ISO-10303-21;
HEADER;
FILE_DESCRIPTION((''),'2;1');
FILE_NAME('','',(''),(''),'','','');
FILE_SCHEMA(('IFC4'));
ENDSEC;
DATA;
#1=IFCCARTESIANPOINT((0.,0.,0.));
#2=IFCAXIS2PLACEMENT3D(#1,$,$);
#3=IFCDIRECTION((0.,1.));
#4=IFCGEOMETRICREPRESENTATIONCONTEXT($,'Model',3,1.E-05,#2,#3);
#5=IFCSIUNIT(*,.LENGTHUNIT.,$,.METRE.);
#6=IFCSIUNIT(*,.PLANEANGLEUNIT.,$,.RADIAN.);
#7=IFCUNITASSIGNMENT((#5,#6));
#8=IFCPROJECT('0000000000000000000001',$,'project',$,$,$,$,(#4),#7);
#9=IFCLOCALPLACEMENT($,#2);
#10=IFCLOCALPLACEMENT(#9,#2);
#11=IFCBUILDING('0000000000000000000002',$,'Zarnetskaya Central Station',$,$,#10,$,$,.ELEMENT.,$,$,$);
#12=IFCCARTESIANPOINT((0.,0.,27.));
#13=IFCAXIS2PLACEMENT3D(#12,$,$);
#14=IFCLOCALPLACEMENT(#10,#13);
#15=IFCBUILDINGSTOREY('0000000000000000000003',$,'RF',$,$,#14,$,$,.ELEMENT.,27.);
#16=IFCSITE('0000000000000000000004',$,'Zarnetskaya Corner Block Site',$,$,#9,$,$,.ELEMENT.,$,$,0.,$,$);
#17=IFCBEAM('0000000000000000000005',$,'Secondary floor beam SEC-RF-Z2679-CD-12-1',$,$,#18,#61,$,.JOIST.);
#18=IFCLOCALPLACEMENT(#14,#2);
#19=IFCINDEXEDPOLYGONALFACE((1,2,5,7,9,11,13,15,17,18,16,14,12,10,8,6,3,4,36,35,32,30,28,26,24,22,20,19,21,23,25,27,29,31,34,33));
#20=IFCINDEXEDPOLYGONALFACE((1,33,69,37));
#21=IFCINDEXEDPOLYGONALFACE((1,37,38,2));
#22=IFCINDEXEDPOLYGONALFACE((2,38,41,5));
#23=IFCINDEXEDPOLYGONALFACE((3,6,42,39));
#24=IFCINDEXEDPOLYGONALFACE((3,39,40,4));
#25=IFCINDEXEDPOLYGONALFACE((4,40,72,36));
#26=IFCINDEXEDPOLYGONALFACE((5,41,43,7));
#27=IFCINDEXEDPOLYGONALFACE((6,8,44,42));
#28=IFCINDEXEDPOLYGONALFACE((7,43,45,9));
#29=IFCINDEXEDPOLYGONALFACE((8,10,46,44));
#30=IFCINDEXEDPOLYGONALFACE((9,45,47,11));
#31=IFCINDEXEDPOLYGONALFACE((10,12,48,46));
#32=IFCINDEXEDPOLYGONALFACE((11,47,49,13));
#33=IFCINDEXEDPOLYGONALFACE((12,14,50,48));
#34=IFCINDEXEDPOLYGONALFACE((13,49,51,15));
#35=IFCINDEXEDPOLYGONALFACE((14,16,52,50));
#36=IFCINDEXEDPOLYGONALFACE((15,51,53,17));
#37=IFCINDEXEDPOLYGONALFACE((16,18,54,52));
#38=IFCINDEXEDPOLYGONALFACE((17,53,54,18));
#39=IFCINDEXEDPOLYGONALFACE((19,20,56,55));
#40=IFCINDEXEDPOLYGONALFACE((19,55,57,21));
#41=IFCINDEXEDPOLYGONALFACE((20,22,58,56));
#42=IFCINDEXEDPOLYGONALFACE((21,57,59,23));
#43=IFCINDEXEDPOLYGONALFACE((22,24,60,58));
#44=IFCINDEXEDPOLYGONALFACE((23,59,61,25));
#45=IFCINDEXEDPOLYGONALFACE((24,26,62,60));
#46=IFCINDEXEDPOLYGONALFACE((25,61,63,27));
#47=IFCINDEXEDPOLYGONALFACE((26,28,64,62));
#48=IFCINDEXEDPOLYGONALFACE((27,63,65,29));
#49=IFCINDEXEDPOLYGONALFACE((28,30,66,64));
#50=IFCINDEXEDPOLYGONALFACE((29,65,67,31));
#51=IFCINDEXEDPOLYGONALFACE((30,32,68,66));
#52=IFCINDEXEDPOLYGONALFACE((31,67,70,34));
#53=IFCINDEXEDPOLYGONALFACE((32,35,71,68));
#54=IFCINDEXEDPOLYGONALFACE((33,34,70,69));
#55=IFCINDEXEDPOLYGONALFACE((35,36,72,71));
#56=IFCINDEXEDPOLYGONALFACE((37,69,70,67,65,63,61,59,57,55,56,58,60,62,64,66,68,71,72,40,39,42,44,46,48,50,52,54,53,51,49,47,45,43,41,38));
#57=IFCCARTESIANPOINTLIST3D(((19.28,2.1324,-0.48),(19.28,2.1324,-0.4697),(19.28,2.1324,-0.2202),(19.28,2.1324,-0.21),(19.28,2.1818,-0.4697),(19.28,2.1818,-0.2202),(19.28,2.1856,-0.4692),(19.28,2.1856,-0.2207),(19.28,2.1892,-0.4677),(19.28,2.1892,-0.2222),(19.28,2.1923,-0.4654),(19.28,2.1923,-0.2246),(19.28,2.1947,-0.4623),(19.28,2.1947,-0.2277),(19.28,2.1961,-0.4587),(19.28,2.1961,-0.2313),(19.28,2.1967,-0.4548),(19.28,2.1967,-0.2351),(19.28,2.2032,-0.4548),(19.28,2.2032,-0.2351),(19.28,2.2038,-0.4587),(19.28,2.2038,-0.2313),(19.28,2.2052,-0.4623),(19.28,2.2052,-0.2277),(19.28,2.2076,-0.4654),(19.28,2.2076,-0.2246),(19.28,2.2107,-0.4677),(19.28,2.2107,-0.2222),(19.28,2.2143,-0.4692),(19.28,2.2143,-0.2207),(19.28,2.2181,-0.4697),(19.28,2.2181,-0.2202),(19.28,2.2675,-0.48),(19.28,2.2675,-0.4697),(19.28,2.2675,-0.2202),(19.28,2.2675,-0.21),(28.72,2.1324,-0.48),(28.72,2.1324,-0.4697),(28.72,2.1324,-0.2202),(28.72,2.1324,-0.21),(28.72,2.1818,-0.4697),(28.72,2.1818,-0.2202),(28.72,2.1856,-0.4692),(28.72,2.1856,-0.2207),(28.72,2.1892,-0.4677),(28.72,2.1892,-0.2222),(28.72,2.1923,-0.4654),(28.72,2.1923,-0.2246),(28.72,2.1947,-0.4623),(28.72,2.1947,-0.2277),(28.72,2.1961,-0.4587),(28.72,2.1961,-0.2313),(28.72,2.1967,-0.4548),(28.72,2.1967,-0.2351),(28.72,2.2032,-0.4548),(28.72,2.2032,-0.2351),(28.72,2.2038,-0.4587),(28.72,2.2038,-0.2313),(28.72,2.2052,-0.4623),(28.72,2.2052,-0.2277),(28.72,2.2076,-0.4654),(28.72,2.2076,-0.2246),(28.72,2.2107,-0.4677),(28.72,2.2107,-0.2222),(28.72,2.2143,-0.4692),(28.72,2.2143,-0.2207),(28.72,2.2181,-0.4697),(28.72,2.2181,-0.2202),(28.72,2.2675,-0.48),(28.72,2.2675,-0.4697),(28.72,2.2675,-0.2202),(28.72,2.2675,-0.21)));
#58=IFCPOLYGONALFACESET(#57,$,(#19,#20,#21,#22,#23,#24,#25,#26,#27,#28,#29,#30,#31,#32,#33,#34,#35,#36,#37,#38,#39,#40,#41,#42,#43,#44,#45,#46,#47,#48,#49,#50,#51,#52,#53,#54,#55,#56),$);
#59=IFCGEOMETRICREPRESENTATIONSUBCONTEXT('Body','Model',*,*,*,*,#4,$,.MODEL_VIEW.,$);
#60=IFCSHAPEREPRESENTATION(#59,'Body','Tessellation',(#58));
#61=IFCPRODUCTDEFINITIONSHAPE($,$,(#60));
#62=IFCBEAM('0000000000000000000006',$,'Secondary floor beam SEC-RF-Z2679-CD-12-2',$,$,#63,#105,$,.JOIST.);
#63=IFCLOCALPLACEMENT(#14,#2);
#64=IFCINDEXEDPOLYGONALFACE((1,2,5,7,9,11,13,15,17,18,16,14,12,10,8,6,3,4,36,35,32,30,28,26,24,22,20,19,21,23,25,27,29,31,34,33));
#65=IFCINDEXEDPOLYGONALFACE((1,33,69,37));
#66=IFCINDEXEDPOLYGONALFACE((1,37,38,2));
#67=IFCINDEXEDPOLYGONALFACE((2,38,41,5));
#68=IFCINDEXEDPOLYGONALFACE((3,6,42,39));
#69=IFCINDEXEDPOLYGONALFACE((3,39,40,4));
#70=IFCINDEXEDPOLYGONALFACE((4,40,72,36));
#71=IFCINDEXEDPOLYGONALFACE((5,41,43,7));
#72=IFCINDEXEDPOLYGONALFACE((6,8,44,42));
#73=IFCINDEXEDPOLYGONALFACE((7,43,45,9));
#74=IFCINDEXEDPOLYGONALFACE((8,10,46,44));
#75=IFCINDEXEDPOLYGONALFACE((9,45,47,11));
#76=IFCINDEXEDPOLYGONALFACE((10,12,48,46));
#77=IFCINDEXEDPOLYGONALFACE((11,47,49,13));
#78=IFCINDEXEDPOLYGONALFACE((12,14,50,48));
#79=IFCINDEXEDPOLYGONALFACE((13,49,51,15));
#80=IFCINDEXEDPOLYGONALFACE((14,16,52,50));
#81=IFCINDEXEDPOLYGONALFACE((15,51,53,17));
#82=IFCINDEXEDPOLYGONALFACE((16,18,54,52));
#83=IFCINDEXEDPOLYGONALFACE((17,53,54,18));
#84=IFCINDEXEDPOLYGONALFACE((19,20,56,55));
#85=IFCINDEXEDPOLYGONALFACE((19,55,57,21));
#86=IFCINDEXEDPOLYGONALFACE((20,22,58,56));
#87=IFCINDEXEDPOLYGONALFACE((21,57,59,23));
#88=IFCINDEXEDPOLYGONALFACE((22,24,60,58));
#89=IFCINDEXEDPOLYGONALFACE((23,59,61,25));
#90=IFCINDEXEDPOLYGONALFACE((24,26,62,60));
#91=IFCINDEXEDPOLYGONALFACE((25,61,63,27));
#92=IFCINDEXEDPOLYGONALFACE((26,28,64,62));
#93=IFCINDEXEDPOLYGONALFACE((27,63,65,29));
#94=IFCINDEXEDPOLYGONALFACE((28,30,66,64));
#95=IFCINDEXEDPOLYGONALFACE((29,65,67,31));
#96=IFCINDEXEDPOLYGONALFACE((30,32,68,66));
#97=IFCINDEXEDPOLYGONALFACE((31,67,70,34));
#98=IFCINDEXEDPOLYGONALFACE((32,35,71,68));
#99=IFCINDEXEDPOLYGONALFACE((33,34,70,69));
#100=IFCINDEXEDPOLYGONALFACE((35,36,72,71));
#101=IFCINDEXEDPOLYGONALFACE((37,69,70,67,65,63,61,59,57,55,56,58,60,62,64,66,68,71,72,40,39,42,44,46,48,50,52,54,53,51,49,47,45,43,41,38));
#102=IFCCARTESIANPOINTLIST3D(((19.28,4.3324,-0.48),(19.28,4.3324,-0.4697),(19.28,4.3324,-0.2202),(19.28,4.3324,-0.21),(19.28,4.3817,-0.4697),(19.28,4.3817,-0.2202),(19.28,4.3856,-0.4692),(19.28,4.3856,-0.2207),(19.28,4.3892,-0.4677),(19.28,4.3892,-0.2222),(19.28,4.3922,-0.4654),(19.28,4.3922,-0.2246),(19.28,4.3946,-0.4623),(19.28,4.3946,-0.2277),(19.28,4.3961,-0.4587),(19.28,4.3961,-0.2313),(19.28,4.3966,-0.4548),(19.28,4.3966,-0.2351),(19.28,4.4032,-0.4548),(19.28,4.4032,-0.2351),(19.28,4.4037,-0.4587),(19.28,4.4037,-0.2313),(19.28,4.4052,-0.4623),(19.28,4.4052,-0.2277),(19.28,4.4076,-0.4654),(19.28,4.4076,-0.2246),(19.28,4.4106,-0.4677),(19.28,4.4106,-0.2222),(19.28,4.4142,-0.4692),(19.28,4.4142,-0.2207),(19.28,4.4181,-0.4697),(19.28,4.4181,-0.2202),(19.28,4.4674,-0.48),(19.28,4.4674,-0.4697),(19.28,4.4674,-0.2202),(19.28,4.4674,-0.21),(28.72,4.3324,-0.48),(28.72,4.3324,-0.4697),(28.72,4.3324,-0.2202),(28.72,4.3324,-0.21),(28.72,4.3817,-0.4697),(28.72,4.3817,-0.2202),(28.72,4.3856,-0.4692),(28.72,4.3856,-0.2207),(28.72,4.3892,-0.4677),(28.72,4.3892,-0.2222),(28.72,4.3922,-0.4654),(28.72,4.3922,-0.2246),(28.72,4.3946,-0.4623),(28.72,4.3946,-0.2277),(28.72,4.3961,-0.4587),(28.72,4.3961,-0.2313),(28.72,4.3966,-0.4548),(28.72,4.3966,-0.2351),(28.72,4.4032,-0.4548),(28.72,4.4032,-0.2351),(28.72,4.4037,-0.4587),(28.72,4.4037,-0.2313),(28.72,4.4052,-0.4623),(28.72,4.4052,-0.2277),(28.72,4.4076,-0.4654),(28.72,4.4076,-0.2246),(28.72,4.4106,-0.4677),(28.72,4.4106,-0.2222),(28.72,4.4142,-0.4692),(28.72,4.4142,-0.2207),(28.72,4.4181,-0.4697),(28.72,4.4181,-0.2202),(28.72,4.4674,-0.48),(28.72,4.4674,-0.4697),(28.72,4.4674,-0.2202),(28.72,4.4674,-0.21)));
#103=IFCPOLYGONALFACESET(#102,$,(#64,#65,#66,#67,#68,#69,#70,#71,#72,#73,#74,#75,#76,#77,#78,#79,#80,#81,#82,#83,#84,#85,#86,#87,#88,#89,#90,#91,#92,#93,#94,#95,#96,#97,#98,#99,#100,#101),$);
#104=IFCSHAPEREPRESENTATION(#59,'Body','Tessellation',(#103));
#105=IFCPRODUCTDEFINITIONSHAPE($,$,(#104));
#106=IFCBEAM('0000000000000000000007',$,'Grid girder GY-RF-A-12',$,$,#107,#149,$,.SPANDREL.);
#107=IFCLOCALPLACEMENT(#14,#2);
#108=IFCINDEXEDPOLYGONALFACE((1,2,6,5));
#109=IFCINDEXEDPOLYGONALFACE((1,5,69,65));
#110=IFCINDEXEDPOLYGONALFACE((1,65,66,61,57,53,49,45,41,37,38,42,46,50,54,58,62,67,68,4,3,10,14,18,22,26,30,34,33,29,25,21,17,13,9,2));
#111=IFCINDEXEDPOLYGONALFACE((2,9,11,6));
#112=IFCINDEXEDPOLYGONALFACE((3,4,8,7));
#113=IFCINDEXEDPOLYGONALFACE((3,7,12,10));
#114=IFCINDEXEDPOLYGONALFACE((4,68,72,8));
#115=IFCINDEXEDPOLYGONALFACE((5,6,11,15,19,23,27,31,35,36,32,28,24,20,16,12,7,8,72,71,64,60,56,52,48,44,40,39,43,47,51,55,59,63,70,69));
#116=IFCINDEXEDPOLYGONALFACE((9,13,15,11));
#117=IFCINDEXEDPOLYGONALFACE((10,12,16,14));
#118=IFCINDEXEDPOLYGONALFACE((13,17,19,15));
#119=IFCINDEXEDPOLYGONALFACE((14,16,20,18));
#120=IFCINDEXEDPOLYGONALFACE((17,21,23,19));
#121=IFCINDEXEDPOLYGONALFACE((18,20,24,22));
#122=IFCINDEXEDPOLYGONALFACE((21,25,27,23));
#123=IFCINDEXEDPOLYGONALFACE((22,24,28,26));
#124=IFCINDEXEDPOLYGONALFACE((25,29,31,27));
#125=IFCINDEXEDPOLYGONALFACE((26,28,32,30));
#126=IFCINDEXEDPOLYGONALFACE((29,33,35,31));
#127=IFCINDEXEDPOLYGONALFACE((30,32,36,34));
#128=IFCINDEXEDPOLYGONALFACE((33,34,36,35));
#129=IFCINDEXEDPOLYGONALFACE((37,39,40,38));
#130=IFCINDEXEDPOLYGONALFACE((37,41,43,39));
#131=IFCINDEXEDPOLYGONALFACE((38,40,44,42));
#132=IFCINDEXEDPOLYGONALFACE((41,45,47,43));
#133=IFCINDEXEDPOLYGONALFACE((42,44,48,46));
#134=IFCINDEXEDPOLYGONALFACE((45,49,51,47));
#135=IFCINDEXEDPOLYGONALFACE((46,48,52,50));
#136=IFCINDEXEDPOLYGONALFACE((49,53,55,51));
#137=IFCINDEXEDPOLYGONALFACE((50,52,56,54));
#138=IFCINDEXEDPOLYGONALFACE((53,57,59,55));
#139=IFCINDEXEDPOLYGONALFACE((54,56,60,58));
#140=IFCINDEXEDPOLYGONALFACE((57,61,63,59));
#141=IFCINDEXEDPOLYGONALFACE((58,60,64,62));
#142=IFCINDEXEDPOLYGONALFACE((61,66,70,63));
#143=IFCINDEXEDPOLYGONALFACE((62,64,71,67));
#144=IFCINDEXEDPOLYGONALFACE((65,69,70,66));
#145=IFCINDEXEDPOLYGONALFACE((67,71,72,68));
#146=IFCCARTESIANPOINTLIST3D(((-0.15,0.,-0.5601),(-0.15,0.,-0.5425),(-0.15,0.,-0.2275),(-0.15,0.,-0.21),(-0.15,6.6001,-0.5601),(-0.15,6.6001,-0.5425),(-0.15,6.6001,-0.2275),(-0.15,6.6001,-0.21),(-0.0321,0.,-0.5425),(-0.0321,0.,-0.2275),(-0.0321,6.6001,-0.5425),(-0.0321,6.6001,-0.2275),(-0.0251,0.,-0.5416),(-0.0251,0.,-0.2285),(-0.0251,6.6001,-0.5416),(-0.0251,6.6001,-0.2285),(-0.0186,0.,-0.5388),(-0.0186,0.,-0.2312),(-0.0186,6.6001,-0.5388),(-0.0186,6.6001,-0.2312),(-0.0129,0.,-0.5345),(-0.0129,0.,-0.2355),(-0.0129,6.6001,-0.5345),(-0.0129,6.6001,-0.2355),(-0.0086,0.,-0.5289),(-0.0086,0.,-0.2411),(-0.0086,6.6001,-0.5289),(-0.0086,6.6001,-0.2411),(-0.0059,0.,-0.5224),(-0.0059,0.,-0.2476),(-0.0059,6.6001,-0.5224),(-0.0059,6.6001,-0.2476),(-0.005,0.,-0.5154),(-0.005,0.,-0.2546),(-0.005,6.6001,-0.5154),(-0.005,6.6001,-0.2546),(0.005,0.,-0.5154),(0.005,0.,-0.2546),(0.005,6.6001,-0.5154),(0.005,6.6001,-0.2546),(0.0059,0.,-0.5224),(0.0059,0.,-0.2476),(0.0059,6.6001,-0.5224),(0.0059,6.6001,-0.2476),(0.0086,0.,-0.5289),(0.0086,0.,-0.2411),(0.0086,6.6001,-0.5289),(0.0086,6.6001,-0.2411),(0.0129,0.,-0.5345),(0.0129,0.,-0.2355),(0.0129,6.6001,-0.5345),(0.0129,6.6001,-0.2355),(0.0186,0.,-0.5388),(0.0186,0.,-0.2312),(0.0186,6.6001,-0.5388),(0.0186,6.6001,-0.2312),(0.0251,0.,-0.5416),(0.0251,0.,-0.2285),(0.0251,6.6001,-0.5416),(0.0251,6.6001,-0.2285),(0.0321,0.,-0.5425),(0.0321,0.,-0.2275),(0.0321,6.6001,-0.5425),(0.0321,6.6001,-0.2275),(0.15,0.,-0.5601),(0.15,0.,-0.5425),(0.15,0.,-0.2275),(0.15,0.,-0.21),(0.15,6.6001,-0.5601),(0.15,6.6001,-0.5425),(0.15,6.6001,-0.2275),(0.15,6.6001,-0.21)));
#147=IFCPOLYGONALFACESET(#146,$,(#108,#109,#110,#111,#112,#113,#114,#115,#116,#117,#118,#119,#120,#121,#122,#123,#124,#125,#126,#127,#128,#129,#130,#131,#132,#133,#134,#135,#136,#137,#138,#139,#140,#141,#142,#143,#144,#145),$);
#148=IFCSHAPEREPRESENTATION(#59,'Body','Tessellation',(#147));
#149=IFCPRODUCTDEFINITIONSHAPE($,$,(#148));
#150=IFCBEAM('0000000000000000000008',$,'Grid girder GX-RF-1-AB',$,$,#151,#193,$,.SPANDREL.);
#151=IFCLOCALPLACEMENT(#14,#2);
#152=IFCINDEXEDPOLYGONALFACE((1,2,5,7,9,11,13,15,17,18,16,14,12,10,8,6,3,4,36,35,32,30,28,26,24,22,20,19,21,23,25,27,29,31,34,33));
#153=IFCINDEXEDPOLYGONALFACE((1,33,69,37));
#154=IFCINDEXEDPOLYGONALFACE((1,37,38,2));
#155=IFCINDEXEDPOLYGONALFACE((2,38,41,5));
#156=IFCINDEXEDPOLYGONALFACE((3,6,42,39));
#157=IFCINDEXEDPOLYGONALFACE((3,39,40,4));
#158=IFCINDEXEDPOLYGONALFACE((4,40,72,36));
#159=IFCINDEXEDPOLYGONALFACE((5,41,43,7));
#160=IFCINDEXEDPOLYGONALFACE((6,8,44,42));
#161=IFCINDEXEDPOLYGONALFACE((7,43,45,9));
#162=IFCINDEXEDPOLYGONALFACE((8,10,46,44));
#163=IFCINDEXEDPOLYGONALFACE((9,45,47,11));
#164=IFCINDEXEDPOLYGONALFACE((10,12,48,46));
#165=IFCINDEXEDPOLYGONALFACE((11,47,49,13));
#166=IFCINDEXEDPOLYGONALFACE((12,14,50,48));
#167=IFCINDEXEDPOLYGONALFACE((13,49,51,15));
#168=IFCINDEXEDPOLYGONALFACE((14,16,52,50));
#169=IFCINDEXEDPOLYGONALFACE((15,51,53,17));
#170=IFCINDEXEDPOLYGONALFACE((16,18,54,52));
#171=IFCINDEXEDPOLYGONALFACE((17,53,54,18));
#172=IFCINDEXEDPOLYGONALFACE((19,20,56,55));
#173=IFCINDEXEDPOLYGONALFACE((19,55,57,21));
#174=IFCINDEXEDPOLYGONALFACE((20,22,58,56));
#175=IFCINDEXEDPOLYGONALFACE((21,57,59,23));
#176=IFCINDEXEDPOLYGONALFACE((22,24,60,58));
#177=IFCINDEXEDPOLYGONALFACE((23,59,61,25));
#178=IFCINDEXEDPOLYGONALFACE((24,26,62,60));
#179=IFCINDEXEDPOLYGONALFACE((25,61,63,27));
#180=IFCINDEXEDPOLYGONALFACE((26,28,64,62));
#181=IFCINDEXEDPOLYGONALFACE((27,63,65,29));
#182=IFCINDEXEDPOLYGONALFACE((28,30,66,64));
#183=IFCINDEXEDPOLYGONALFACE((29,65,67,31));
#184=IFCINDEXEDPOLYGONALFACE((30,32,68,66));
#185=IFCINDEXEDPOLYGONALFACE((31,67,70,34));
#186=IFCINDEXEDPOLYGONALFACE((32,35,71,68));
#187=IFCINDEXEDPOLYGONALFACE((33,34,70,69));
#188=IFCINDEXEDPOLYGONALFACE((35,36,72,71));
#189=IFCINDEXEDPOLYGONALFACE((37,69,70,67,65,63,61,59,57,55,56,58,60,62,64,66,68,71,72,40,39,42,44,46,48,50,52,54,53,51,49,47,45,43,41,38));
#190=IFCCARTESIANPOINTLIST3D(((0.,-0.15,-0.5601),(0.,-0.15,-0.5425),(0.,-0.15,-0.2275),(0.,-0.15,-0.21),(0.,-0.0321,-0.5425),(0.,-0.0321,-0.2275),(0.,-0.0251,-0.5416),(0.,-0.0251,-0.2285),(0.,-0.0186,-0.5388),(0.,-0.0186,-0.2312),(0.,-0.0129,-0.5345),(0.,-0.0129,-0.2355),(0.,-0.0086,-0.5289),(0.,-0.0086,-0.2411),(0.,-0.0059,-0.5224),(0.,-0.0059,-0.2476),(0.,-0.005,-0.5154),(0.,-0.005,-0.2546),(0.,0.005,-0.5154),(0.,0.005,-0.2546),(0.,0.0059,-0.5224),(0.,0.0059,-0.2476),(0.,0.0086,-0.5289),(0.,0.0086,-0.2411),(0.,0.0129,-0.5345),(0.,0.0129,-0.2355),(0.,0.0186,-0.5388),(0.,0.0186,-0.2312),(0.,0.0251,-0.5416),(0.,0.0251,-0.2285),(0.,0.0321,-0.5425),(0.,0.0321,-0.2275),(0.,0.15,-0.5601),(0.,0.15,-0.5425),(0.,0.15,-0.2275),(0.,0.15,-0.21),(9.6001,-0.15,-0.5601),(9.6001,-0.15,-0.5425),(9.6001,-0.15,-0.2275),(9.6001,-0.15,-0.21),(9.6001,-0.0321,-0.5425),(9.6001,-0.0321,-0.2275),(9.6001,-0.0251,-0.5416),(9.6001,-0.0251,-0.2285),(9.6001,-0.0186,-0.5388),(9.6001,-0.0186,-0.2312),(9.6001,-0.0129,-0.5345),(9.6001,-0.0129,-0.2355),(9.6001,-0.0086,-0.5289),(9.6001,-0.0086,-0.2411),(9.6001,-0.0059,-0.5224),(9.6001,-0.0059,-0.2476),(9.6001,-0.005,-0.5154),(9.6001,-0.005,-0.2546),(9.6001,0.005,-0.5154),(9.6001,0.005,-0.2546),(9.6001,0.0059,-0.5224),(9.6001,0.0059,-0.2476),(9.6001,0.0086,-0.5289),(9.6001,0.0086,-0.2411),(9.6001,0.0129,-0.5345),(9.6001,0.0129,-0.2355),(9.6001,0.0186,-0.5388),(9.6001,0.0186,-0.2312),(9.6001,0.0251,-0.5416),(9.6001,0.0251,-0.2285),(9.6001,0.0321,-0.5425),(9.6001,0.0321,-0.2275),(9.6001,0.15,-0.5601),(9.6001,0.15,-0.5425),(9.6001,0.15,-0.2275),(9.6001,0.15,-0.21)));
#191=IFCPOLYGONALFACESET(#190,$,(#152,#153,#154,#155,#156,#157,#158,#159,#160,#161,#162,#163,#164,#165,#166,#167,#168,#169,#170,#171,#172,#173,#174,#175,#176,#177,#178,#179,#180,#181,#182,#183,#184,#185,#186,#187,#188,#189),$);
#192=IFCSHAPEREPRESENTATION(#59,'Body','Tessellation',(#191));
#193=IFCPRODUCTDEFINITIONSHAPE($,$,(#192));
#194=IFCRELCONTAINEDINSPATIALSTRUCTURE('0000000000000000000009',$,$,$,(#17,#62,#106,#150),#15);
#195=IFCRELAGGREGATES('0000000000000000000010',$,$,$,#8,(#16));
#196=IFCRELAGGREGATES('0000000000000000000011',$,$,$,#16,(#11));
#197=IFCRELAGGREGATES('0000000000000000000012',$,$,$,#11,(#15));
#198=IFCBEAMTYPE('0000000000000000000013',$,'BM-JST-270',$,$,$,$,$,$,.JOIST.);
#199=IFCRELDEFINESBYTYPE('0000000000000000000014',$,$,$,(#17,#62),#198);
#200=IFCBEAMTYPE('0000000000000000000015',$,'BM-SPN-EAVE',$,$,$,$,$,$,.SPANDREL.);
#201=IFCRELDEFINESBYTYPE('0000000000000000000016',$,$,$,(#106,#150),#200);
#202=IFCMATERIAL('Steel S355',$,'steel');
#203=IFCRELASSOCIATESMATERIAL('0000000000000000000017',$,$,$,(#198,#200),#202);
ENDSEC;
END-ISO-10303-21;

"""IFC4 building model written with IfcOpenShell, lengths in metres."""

from ifc_helpers import new_model, si_unit, direction, frame, origin, origin_2d, place, context, subcontext, project, spatial, i_section, extrude, material, material_profile, profile_set, type_object, element, save


model = new_model("IFC4")

# Units and contexts
model_context = context("Model", 3, precision=1e-05, world=origin(), true_north=direction((0.0, 1.0)))
body_context = subcontext(model_context, "Body", "Model", "MODEL_VIEW")
ifc_project = project(units=[si_unit("LENGTHUNIT", "METRE"), si_unit("PLANEANGLEUNIT", "RADIAN")], contexts=[model_context])

# Site, building, storey
site_placement = place(None, origin())
site = spatial("IfcSite", under=ifc_project, at=site_placement, Name="Zarnetskaya Corner Block Site", CompositionType="ELEMENT", RefElevation=0.0)
building_placement = place(site_placement, origin())
building = spatial("IfcBuilding", under=site, at=building_placement, Name="Zarnetskaya Central Station", CompositionType="ELEMENT")
storey_placement = place(building_placement, frame((0.0, 0.0, 27.0)))
storey = spatial("IfcBuildingStorey", under=building, at=storey_placement, Name="RF", CompositionType="ELEMENT", Elevation=27.0)

# Beams
ifc_material_1 = material(Name="Steel S355", Category="steel")
ifc_material_profile_1 = material_profile(ifc_material_1, i_section(OverallWidth=0.135, OverallDepth=0.27, WebThickness=0.0066, FlangeThickness=0.0103, FilletRadius=0.0149, at=origin_2d()), Name="IPE 270")
ifc_profile_set_1 = profile_set([ifc_material_profile_1], Name="Steel S355")
beam_type_1 = type_object("IfcBeamType", Name="BM-JST-270", PredefinedType="JOIST", material=ifc_profile_set_1)
for number, where, z_axis, x_axis, name in (
    (1, (19.28, 2.2, -0.345), (1.0, 0.0, 0.0), (0.0, 1.0, 0.0), "Secondary floor beam SEC-RF-Z2679-CD-12-1"),
    (2, (19.28, 4.3999, -0.345), (1.0, 0.0, 0.0), (0.0, 1.0, 0.0), "Secondary floor beam SEC-RF-Z2679-CD-12-2"),
):
    element("IfcBeam", number, at=place(storey_placement, frame(where, z_axis=z_axis, x_axis=x_axis)), inside=storey, type_object=beam_type_1, Name=name, PredefinedType="JOIST", context=body_context, shape_type="SweptSolid", body=[
        extrude(i_section(OverallWidth=0.135, OverallDepth=0.27, WebThickness=0.0066, FlangeThickness=0.0103, FilletRadius=0.0149, at=origin_2d()), origin(), (0.0, 0.0, 1.0), 9.4399),
    ])
ifc_material_profile_2 = material_profile(ifc_material_1, i_section(OverallWidth=0.3, OverallDepth=0.3501, WebThickness=0.01, FlangeThickness=0.0176, FilletRadius=0.0271, at=origin_2d()), Name="HEA 360")
ifc_profile_set_2 = profile_set([ifc_material_profile_2], Name="Steel S355")
beam_type_2 = type_object("IfcBeamType", Name="BM-SPN-EAVE", PredefinedType="SPANDREL", material=ifc_profile_set_2)
beam_1_placement = place(storey_placement, frame((0.0, 0.0, -0.385), z_axis=(0.0, 1.0, 0.0), x_axis=(-1.0, 0.0, 0.0)))
element("IfcBeam", 3, at=beam_1_placement, inside=storey, type_object=beam_type_2, Name="Grid girder GY-RF-A-12", PredefinedType="SPANDREL", context=body_context, shape_type="SweptSolid", body=[
    extrude(i_section(OverallWidth=0.3, OverallDepth=0.3501, WebThickness=0.01, FlangeThickness=0.0176, FilletRadius=0.0271, at=origin_2d()), origin(), (0.0, 0.0, 1.0), 6.6001),
])
beam_2_placement = place(storey_placement, frame((0.0, 0.0, -0.385), z_axis=(1.0, 0.0, 0.0), x_axis=(0.0, 1.0, 0.0)))
element("IfcBeam", 4, at=beam_2_placement, inside=storey, type_object=beam_type_2, Name="Grid girder GX-RF-1-AB", PredefinedType="SPANDREL", context=body_context, shape_type="SweptSolid", body=[
    extrude(i_section(OverallWidth=0.3, OverallDepth=0.3501, WebThickness=0.01, FlangeThickness=0.0176, FilletRadius=0.0271, at=origin_2d()), origin(), (0.0, 0.0, 1.0), 9.6001),
])

save(model, "model.ifc")
